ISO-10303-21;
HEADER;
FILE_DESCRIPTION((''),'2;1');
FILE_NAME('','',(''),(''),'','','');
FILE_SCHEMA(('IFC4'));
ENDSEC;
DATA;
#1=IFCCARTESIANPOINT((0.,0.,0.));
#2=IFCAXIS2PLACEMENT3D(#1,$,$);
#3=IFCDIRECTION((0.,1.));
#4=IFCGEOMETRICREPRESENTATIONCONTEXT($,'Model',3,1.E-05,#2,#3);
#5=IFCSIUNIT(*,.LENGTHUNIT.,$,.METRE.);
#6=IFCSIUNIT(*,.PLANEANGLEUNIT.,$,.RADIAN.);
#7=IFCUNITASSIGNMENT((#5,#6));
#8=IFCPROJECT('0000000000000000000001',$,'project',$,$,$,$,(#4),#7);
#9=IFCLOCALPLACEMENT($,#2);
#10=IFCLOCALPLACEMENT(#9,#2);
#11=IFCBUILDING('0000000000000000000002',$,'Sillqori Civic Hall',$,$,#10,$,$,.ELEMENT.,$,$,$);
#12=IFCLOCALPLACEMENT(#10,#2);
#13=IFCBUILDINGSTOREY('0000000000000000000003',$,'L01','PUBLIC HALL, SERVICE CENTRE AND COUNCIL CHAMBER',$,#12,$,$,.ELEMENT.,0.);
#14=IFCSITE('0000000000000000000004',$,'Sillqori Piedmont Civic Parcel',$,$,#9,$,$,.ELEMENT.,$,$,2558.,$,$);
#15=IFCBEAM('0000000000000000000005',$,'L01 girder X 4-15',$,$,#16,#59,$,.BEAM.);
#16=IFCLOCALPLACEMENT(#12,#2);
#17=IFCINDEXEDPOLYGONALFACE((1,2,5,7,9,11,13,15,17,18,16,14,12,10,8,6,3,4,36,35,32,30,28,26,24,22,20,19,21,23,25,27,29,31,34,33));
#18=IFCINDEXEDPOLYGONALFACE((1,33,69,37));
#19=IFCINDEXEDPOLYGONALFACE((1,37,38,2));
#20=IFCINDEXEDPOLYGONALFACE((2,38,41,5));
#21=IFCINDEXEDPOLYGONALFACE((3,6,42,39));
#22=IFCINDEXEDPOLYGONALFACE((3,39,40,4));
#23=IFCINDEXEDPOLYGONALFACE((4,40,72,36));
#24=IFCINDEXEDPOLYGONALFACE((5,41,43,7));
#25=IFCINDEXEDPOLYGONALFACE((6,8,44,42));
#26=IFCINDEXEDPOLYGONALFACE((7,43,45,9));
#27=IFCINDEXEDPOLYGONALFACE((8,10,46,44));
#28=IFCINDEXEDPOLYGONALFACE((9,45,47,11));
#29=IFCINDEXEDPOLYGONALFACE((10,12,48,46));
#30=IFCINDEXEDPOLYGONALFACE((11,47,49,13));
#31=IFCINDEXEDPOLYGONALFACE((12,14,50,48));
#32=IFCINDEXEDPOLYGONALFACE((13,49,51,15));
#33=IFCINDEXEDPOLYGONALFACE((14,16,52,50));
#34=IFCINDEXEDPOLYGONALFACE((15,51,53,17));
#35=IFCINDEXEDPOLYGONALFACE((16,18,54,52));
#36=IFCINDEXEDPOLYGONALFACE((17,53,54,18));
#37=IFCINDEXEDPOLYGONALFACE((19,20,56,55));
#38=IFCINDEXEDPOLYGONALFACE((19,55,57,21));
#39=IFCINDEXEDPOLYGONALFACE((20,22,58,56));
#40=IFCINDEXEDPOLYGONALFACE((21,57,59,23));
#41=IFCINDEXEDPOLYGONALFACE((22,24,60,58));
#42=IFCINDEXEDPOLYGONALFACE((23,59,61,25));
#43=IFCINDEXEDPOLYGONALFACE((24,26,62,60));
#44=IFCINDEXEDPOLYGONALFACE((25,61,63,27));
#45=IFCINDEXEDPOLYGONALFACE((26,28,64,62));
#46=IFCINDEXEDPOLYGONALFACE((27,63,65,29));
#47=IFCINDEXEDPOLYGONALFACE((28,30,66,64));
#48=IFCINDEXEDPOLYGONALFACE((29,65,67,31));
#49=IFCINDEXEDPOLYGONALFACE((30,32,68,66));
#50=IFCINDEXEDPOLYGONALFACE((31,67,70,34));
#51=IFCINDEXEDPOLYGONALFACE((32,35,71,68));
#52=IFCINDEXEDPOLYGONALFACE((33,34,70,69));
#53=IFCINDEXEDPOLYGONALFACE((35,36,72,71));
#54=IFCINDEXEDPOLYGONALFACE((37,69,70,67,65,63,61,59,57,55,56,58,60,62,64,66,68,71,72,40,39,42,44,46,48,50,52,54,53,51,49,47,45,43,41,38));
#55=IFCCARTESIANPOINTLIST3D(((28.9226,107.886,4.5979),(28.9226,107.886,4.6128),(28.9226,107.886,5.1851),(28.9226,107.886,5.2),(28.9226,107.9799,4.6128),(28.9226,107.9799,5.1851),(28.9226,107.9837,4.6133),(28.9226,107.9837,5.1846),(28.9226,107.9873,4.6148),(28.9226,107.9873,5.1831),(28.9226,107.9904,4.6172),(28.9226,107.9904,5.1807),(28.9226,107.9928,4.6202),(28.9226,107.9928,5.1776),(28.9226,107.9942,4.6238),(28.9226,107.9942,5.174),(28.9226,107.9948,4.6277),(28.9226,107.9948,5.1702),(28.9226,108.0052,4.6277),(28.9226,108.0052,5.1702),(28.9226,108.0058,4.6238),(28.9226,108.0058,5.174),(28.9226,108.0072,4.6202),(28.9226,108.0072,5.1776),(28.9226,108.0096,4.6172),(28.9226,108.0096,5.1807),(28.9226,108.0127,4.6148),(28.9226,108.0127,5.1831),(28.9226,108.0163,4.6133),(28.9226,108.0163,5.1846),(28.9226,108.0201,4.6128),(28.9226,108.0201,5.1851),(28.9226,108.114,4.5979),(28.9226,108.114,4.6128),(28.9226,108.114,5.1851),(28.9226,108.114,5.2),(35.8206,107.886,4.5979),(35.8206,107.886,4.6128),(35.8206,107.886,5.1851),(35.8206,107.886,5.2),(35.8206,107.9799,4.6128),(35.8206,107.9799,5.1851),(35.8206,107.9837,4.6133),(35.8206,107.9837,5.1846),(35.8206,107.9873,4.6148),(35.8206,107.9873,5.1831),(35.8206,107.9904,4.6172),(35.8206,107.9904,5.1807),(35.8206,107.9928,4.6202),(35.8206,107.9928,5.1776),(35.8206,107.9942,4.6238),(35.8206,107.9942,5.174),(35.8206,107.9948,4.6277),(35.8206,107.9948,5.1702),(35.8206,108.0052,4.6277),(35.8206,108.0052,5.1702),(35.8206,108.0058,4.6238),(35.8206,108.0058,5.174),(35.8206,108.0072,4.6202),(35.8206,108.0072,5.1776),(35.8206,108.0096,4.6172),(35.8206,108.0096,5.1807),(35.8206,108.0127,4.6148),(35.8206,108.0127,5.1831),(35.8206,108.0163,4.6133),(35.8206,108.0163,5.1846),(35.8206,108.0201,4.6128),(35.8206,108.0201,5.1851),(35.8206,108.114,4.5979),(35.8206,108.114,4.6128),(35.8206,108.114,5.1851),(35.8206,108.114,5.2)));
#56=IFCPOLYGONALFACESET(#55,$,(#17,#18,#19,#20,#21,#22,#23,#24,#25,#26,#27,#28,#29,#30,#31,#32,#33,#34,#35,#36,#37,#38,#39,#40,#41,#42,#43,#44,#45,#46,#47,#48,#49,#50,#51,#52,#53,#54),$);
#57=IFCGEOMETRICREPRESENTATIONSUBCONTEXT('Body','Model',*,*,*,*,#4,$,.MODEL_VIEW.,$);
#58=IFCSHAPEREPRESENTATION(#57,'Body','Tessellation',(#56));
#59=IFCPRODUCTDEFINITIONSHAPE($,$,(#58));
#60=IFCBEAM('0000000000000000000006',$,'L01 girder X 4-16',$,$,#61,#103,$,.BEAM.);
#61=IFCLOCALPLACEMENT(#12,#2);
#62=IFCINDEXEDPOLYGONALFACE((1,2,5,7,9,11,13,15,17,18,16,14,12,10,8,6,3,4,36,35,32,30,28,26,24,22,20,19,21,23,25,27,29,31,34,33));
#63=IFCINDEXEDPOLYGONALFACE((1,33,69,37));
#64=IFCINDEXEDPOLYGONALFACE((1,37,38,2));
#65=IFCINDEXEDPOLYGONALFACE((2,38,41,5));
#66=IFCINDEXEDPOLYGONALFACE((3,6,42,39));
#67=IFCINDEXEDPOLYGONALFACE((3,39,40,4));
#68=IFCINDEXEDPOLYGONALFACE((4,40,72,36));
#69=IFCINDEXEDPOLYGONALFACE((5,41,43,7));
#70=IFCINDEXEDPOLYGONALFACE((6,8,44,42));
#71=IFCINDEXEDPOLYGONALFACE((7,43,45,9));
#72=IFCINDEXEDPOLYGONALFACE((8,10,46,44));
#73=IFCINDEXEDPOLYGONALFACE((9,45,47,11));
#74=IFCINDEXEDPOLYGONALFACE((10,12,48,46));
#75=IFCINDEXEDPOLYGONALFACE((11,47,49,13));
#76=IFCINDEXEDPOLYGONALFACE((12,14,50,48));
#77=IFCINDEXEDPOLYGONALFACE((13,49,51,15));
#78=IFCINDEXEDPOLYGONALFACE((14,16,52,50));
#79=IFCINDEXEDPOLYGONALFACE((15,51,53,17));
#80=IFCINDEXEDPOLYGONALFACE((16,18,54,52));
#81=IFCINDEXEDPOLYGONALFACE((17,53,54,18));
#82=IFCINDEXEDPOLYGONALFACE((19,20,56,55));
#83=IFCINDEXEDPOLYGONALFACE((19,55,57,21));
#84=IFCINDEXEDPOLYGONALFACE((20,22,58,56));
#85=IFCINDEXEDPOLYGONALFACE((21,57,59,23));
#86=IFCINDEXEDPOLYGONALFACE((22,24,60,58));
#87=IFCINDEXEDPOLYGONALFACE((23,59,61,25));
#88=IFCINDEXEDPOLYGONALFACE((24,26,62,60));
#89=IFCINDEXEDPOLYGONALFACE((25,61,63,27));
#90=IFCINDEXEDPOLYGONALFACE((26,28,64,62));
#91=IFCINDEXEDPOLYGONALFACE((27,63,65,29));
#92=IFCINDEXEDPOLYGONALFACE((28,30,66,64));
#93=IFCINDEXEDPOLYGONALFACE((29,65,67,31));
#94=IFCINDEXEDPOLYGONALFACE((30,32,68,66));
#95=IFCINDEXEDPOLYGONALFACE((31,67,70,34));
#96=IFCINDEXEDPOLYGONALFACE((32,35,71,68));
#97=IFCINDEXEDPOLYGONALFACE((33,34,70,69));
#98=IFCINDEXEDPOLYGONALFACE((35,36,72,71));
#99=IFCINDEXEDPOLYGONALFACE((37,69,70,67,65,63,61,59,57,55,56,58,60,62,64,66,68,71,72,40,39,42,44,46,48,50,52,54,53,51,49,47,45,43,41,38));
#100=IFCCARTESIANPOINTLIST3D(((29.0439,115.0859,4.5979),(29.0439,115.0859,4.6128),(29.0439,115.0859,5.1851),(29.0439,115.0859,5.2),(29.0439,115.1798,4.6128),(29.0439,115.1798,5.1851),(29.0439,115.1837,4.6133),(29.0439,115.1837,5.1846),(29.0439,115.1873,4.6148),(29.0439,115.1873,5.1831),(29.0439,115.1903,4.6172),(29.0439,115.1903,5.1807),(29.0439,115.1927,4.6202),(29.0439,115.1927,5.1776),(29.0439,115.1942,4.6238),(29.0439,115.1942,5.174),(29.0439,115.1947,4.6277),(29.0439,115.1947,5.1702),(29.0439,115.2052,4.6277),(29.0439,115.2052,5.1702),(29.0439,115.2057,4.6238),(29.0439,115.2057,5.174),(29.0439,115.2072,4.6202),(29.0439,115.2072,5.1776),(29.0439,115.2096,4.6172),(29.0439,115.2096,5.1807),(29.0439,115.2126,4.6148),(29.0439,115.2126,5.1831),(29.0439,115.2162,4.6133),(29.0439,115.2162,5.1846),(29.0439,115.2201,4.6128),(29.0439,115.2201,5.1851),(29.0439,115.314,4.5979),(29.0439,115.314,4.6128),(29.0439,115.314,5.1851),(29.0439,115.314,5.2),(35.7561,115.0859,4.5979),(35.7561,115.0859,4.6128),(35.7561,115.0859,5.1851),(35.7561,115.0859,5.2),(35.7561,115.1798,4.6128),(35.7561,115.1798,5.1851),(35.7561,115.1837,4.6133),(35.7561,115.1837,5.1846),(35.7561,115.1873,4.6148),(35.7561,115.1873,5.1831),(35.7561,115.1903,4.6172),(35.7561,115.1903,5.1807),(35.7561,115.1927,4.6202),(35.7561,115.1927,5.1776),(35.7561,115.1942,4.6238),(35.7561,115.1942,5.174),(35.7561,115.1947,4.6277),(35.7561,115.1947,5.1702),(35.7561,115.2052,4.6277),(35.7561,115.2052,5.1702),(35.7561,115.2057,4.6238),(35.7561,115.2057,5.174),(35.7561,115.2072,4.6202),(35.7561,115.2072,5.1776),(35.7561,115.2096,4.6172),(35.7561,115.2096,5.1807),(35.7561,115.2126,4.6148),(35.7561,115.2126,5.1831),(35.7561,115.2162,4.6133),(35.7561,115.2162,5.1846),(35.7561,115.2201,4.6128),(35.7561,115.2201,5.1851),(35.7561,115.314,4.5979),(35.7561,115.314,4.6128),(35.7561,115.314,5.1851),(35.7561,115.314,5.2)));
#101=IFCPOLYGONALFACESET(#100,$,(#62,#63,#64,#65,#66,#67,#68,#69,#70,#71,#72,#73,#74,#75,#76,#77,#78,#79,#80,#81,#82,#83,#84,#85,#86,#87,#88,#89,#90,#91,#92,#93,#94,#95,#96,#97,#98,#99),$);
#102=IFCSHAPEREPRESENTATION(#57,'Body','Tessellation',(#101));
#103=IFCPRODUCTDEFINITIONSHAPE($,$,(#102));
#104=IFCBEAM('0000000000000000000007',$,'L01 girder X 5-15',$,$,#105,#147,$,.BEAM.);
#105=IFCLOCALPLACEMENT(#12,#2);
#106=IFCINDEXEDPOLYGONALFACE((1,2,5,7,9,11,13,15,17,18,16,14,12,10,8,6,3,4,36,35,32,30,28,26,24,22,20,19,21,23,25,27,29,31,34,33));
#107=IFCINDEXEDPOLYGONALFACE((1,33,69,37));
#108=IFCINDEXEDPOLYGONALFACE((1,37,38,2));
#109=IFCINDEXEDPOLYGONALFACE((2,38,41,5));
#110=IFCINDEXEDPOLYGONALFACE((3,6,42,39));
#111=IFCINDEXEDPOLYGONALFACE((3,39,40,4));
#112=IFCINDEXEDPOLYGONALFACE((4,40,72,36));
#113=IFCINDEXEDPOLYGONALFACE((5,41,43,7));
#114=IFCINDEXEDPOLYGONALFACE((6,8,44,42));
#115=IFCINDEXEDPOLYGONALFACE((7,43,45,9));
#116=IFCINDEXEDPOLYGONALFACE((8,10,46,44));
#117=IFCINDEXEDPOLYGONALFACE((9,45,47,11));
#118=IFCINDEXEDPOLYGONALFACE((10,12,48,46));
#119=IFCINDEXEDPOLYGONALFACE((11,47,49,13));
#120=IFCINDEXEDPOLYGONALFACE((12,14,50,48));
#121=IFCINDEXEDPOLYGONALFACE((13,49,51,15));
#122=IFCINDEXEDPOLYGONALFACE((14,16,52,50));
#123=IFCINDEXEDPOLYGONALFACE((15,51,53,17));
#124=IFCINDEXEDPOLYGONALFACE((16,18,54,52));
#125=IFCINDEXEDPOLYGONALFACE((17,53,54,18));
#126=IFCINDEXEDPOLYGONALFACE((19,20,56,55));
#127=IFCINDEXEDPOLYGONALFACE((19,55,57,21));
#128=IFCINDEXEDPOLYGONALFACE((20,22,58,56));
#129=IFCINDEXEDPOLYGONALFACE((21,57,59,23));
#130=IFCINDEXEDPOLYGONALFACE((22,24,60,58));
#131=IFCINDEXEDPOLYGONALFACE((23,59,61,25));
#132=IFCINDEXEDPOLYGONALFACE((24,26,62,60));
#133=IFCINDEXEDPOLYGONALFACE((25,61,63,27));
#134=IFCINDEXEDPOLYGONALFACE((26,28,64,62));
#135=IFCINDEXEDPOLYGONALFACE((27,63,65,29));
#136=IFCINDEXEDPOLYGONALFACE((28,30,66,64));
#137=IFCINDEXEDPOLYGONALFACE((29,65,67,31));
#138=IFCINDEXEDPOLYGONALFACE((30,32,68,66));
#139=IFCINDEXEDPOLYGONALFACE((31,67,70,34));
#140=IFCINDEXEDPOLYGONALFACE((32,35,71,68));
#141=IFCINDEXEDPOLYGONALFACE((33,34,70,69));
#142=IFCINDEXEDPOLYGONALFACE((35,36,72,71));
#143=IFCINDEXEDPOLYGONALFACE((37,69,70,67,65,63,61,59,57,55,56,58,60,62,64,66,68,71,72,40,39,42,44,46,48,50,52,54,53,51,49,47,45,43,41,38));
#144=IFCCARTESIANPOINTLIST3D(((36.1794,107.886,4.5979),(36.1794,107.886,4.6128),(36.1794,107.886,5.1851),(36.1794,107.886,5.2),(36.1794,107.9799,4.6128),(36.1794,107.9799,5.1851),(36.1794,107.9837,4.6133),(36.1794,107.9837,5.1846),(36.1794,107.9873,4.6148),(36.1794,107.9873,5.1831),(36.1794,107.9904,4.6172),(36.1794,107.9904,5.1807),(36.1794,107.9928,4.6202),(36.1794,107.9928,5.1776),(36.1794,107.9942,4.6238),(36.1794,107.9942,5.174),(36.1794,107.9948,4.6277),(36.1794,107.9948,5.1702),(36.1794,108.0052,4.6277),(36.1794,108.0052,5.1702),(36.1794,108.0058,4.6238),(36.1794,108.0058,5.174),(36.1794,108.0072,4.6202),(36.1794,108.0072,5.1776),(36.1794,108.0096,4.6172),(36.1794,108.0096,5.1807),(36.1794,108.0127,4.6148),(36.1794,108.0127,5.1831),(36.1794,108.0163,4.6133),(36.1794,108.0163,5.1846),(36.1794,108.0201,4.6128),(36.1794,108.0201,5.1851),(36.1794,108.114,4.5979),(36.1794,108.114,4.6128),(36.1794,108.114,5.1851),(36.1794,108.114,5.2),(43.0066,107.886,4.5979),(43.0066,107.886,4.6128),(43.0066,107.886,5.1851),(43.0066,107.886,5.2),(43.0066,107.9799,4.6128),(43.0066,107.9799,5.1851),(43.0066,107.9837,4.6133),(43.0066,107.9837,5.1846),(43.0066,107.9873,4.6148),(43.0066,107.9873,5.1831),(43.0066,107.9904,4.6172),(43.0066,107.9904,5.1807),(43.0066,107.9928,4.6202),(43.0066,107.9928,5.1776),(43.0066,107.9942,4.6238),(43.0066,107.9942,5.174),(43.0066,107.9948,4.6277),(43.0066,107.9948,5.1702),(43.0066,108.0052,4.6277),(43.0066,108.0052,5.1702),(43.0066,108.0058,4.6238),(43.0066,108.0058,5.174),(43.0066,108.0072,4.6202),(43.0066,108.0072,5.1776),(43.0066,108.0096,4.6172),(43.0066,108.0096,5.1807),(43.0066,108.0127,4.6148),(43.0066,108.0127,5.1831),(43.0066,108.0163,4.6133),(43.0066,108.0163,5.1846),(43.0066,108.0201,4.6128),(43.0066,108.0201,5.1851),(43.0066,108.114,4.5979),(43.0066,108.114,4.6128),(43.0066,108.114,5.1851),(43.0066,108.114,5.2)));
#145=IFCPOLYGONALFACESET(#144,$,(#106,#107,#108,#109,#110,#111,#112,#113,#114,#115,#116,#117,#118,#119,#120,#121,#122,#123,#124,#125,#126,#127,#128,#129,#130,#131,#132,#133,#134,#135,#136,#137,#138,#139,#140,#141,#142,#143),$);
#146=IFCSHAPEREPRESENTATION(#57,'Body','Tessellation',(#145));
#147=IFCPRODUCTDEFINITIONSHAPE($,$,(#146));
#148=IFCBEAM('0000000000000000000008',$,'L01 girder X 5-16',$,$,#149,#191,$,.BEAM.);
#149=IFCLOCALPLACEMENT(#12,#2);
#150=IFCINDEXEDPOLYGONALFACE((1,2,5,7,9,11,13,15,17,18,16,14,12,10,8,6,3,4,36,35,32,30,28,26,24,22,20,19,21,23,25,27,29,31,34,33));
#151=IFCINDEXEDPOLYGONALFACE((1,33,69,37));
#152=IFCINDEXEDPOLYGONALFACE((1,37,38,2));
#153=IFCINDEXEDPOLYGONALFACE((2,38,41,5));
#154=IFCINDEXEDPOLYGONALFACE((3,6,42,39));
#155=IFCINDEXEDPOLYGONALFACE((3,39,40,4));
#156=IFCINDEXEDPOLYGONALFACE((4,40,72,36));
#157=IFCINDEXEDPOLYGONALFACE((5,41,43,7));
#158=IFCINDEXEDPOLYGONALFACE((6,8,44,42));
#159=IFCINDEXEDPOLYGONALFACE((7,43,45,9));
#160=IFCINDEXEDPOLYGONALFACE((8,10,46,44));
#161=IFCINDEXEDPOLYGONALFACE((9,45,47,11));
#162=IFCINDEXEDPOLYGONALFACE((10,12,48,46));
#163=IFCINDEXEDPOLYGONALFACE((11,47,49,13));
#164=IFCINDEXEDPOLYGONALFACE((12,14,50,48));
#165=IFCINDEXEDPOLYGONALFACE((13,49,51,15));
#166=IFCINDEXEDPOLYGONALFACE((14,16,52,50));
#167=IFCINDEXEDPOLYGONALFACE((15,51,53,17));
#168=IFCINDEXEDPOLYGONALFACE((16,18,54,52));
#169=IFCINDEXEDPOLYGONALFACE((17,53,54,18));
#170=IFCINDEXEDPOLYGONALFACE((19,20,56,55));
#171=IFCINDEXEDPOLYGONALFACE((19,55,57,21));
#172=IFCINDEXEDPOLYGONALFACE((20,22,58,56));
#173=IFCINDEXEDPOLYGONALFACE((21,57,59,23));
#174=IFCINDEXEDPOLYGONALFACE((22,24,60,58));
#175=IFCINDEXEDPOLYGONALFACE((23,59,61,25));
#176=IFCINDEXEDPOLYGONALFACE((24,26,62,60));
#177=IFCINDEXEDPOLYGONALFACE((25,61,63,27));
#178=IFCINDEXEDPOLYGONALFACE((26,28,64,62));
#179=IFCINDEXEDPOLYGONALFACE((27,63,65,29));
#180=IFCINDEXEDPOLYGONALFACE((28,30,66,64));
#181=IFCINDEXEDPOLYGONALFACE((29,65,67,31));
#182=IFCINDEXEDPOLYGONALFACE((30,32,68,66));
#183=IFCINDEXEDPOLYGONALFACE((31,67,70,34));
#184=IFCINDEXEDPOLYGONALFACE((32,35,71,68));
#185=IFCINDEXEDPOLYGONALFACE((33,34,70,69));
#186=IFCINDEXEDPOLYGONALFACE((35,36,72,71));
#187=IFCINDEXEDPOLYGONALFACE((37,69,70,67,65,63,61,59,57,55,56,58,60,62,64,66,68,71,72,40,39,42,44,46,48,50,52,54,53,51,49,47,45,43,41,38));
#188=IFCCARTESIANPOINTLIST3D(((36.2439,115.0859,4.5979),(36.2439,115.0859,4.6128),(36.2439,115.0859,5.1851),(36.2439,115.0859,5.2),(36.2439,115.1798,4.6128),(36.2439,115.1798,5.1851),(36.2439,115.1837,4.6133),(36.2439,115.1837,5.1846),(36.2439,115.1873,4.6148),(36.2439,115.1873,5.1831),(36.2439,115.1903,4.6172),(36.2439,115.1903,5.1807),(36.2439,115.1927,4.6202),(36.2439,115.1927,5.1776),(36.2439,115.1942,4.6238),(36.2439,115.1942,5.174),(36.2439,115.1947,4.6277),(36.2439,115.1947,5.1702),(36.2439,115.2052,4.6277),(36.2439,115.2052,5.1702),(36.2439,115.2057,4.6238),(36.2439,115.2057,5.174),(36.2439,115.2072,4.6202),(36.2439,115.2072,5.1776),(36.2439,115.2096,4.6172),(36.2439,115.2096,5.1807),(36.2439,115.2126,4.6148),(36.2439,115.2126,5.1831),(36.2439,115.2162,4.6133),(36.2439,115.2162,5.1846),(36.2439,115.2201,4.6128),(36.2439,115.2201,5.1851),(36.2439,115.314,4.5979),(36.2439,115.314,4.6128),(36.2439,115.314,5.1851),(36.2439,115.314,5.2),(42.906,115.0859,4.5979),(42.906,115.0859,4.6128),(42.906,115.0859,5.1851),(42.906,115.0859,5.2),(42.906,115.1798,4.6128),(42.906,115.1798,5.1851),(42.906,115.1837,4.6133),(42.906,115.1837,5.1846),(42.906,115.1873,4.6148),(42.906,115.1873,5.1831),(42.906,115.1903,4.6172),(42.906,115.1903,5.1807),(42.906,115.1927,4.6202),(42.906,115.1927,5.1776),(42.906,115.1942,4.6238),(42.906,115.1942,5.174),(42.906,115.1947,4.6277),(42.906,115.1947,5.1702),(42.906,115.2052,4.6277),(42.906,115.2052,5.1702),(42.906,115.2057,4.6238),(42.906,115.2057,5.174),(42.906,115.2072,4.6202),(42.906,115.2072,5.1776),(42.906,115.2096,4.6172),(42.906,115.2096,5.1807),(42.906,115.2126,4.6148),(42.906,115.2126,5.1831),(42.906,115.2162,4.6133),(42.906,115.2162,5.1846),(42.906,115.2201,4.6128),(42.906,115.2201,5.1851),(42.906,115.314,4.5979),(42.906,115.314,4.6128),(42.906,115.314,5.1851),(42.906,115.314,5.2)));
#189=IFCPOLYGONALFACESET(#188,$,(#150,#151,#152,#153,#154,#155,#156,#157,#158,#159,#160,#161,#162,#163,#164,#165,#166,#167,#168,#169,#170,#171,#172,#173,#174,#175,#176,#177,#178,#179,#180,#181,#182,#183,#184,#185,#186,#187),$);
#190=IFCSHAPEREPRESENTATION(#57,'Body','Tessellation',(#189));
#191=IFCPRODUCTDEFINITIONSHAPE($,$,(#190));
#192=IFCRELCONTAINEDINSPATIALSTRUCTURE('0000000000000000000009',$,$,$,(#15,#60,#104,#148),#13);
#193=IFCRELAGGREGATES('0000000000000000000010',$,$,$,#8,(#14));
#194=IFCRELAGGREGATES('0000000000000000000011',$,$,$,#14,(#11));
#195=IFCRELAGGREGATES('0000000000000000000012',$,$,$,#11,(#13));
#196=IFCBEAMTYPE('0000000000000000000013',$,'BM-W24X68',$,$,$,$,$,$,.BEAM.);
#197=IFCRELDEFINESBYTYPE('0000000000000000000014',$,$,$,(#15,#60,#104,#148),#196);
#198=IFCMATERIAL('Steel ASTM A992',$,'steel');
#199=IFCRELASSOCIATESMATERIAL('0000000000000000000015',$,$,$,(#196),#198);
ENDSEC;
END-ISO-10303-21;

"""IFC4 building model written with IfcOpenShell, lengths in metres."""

from ifc_helpers import new_model, si_unit, direction, frame, origin, origin_2d, place, context, subcontext, project, spatial, i_section, extrude, material, material_profile, profile_set, type_object, element, save


model = new_model("IFC4")

# Units and contexts
model_context = context("Model", 3, precision=1e-05, world=origin(), true_north=direction((0.0, 1.0)))
body_context = subcontext(model_context, "Body", "Model", "MODEL_VIEW")
ifc_project = project(units=[si_unit("LENGTHUNIT", "METRE"), si_unit("PLANEANGLEUNIT", "RADIAN")], contexts=[model_context])

# Site, building, storey
site_placement = place(None, origin())
site = spatial("IfcSite", under=ifc_project, at=site_placement, Name="Sillqori Piedmont Civic Parcel", CompositionType="ELEMENT", RefElevation=2558.0)
building_placement = place(site_placement, origin())
building = spatial("IfcBuilding", under=site, at=building_placement, Name="Sillqori Civic Hall", CompositionType="ELEMENT")
storey_placement = place(building_placement, origin())
storey = spatial("IfcBuildingStorey", under=building, at=storey_placement, Name="L01", Description="PUBLIC HALL, SERVICE CENTRE AND COUNCIL CHAMBER", CompositionType="ELEMENT", Elevation=0.0)

# Shared definitions
ifc_material_1 = material(Name="Steel ASTM A992", Category="steel")

# Beams
ifc_material_profile_1 = material_profile(ifc_material_1, i_section(OverallWidth=0.228, OverallDepth=0.6021, WebThickness=0.0105, FlangeThickness=0.0149, FilletRadius=0.0149, at=origin_2d()), Name="W24X68")
ifc_profile_set_1 = profile_set([ifc_material_profile_1], Name="Steel ASTM A992")
beam_type_1 = type_object("IfcBeamType", Name="BM-W24X68", PredefinedType="BEAM", material=ifc_profile_set_1)
beam_1_placement = place(storey_placement, frame((28.9226, 108.0, 4.8989), z_axis=(1.0, 0.0, 0.0), x_axis=(0.0, 1.0, 0.0)))
element("IfcBeam", 1, at=beam_1_placement, inside=storey, type_object=beam_type_1, Name="L01 girder X 4-15", PredefinedType="BEAM", context=body_context, shape_type="SweptSolid", body=[
    extrude(i_section(OverallWidth=0.228, OverallDepth=0.6021, WebThickness=0.0105, FlangeThickness=0.0149, FilletRadius=0.0149, at=origin_2d()), origin(), (0.0, 0.0, 1.0), 6.8979),
])
beam_2_placement = place(storey_placement, frame((29.0439, 115.2, 4.8989), z_axis=(1.0, 0.0, 0.0), x_axis=(0.0, 1.0, 0.0)))
element("IfcBeam", 2, at=beam_2_placement, inside=storey, type_object=beam_type_1, Name="L01 girder X 4-16", PredefinedType="BEAM", context=body_context, shape_type="SweptSolid", body=[
    extrude(i_section(OverallWidth=0.228, OverallDepth=0.6021, WebThickness=0.0105, FlangeThickness=0.0149, FilletRadius=0.0149, at=origin_2d()), origin(), (0.0, 0.0, 1.0), 6.7122),
])
beam_3_placement = place(storey_placement, frame((36.1794, 108.0, 4.8989), z_axis=(1.0, 0.0, 0.0), x_axis=(0.0, 1.0, 0.0)))
element("IfcBeam", 3, at=beam_3_placement, inside=storey, type_object=beam_type_1, Name="L01 girder X 5-15", PredefinedType="BEAM", context=body_context, shape_type="SweptSolid", body=[
    extrude(i_section(OverallWidth=0.228, OverallDepth=0.6021, WebThickness=0.0105, FlangeThickness=0.0149, FilletRadius=0.0149, at=origin_2d()), origin(), (0.0, 0.0, 1.0), 6.8271),
])
beam_4_placement = place(storey_placement, frame((36.2439, 115.2, 4.8989), z_axis=(1.0, 0.0, 0.0), x_axis=(0.0, 1.0, 0.0)))
element("IfcBeam", 4, at=beam_4_placement, inside=storey, type_object=beam_type_1, Name="L01 girder X 5-16", PredefinedType="BEAM", context=body_context, shape_type="SweptSolid", body=[
    extrude(i_section(OverallWidth=0.228, OverallDepth=0.6021, WebThickness=0.0105, FlangeThickness=0.0149, FilletRadius=0.0149, at=origin_2d()), origin(), (0.0, 0.0, 1.0), 6.6621),
])

save(model, "model.ifc")
